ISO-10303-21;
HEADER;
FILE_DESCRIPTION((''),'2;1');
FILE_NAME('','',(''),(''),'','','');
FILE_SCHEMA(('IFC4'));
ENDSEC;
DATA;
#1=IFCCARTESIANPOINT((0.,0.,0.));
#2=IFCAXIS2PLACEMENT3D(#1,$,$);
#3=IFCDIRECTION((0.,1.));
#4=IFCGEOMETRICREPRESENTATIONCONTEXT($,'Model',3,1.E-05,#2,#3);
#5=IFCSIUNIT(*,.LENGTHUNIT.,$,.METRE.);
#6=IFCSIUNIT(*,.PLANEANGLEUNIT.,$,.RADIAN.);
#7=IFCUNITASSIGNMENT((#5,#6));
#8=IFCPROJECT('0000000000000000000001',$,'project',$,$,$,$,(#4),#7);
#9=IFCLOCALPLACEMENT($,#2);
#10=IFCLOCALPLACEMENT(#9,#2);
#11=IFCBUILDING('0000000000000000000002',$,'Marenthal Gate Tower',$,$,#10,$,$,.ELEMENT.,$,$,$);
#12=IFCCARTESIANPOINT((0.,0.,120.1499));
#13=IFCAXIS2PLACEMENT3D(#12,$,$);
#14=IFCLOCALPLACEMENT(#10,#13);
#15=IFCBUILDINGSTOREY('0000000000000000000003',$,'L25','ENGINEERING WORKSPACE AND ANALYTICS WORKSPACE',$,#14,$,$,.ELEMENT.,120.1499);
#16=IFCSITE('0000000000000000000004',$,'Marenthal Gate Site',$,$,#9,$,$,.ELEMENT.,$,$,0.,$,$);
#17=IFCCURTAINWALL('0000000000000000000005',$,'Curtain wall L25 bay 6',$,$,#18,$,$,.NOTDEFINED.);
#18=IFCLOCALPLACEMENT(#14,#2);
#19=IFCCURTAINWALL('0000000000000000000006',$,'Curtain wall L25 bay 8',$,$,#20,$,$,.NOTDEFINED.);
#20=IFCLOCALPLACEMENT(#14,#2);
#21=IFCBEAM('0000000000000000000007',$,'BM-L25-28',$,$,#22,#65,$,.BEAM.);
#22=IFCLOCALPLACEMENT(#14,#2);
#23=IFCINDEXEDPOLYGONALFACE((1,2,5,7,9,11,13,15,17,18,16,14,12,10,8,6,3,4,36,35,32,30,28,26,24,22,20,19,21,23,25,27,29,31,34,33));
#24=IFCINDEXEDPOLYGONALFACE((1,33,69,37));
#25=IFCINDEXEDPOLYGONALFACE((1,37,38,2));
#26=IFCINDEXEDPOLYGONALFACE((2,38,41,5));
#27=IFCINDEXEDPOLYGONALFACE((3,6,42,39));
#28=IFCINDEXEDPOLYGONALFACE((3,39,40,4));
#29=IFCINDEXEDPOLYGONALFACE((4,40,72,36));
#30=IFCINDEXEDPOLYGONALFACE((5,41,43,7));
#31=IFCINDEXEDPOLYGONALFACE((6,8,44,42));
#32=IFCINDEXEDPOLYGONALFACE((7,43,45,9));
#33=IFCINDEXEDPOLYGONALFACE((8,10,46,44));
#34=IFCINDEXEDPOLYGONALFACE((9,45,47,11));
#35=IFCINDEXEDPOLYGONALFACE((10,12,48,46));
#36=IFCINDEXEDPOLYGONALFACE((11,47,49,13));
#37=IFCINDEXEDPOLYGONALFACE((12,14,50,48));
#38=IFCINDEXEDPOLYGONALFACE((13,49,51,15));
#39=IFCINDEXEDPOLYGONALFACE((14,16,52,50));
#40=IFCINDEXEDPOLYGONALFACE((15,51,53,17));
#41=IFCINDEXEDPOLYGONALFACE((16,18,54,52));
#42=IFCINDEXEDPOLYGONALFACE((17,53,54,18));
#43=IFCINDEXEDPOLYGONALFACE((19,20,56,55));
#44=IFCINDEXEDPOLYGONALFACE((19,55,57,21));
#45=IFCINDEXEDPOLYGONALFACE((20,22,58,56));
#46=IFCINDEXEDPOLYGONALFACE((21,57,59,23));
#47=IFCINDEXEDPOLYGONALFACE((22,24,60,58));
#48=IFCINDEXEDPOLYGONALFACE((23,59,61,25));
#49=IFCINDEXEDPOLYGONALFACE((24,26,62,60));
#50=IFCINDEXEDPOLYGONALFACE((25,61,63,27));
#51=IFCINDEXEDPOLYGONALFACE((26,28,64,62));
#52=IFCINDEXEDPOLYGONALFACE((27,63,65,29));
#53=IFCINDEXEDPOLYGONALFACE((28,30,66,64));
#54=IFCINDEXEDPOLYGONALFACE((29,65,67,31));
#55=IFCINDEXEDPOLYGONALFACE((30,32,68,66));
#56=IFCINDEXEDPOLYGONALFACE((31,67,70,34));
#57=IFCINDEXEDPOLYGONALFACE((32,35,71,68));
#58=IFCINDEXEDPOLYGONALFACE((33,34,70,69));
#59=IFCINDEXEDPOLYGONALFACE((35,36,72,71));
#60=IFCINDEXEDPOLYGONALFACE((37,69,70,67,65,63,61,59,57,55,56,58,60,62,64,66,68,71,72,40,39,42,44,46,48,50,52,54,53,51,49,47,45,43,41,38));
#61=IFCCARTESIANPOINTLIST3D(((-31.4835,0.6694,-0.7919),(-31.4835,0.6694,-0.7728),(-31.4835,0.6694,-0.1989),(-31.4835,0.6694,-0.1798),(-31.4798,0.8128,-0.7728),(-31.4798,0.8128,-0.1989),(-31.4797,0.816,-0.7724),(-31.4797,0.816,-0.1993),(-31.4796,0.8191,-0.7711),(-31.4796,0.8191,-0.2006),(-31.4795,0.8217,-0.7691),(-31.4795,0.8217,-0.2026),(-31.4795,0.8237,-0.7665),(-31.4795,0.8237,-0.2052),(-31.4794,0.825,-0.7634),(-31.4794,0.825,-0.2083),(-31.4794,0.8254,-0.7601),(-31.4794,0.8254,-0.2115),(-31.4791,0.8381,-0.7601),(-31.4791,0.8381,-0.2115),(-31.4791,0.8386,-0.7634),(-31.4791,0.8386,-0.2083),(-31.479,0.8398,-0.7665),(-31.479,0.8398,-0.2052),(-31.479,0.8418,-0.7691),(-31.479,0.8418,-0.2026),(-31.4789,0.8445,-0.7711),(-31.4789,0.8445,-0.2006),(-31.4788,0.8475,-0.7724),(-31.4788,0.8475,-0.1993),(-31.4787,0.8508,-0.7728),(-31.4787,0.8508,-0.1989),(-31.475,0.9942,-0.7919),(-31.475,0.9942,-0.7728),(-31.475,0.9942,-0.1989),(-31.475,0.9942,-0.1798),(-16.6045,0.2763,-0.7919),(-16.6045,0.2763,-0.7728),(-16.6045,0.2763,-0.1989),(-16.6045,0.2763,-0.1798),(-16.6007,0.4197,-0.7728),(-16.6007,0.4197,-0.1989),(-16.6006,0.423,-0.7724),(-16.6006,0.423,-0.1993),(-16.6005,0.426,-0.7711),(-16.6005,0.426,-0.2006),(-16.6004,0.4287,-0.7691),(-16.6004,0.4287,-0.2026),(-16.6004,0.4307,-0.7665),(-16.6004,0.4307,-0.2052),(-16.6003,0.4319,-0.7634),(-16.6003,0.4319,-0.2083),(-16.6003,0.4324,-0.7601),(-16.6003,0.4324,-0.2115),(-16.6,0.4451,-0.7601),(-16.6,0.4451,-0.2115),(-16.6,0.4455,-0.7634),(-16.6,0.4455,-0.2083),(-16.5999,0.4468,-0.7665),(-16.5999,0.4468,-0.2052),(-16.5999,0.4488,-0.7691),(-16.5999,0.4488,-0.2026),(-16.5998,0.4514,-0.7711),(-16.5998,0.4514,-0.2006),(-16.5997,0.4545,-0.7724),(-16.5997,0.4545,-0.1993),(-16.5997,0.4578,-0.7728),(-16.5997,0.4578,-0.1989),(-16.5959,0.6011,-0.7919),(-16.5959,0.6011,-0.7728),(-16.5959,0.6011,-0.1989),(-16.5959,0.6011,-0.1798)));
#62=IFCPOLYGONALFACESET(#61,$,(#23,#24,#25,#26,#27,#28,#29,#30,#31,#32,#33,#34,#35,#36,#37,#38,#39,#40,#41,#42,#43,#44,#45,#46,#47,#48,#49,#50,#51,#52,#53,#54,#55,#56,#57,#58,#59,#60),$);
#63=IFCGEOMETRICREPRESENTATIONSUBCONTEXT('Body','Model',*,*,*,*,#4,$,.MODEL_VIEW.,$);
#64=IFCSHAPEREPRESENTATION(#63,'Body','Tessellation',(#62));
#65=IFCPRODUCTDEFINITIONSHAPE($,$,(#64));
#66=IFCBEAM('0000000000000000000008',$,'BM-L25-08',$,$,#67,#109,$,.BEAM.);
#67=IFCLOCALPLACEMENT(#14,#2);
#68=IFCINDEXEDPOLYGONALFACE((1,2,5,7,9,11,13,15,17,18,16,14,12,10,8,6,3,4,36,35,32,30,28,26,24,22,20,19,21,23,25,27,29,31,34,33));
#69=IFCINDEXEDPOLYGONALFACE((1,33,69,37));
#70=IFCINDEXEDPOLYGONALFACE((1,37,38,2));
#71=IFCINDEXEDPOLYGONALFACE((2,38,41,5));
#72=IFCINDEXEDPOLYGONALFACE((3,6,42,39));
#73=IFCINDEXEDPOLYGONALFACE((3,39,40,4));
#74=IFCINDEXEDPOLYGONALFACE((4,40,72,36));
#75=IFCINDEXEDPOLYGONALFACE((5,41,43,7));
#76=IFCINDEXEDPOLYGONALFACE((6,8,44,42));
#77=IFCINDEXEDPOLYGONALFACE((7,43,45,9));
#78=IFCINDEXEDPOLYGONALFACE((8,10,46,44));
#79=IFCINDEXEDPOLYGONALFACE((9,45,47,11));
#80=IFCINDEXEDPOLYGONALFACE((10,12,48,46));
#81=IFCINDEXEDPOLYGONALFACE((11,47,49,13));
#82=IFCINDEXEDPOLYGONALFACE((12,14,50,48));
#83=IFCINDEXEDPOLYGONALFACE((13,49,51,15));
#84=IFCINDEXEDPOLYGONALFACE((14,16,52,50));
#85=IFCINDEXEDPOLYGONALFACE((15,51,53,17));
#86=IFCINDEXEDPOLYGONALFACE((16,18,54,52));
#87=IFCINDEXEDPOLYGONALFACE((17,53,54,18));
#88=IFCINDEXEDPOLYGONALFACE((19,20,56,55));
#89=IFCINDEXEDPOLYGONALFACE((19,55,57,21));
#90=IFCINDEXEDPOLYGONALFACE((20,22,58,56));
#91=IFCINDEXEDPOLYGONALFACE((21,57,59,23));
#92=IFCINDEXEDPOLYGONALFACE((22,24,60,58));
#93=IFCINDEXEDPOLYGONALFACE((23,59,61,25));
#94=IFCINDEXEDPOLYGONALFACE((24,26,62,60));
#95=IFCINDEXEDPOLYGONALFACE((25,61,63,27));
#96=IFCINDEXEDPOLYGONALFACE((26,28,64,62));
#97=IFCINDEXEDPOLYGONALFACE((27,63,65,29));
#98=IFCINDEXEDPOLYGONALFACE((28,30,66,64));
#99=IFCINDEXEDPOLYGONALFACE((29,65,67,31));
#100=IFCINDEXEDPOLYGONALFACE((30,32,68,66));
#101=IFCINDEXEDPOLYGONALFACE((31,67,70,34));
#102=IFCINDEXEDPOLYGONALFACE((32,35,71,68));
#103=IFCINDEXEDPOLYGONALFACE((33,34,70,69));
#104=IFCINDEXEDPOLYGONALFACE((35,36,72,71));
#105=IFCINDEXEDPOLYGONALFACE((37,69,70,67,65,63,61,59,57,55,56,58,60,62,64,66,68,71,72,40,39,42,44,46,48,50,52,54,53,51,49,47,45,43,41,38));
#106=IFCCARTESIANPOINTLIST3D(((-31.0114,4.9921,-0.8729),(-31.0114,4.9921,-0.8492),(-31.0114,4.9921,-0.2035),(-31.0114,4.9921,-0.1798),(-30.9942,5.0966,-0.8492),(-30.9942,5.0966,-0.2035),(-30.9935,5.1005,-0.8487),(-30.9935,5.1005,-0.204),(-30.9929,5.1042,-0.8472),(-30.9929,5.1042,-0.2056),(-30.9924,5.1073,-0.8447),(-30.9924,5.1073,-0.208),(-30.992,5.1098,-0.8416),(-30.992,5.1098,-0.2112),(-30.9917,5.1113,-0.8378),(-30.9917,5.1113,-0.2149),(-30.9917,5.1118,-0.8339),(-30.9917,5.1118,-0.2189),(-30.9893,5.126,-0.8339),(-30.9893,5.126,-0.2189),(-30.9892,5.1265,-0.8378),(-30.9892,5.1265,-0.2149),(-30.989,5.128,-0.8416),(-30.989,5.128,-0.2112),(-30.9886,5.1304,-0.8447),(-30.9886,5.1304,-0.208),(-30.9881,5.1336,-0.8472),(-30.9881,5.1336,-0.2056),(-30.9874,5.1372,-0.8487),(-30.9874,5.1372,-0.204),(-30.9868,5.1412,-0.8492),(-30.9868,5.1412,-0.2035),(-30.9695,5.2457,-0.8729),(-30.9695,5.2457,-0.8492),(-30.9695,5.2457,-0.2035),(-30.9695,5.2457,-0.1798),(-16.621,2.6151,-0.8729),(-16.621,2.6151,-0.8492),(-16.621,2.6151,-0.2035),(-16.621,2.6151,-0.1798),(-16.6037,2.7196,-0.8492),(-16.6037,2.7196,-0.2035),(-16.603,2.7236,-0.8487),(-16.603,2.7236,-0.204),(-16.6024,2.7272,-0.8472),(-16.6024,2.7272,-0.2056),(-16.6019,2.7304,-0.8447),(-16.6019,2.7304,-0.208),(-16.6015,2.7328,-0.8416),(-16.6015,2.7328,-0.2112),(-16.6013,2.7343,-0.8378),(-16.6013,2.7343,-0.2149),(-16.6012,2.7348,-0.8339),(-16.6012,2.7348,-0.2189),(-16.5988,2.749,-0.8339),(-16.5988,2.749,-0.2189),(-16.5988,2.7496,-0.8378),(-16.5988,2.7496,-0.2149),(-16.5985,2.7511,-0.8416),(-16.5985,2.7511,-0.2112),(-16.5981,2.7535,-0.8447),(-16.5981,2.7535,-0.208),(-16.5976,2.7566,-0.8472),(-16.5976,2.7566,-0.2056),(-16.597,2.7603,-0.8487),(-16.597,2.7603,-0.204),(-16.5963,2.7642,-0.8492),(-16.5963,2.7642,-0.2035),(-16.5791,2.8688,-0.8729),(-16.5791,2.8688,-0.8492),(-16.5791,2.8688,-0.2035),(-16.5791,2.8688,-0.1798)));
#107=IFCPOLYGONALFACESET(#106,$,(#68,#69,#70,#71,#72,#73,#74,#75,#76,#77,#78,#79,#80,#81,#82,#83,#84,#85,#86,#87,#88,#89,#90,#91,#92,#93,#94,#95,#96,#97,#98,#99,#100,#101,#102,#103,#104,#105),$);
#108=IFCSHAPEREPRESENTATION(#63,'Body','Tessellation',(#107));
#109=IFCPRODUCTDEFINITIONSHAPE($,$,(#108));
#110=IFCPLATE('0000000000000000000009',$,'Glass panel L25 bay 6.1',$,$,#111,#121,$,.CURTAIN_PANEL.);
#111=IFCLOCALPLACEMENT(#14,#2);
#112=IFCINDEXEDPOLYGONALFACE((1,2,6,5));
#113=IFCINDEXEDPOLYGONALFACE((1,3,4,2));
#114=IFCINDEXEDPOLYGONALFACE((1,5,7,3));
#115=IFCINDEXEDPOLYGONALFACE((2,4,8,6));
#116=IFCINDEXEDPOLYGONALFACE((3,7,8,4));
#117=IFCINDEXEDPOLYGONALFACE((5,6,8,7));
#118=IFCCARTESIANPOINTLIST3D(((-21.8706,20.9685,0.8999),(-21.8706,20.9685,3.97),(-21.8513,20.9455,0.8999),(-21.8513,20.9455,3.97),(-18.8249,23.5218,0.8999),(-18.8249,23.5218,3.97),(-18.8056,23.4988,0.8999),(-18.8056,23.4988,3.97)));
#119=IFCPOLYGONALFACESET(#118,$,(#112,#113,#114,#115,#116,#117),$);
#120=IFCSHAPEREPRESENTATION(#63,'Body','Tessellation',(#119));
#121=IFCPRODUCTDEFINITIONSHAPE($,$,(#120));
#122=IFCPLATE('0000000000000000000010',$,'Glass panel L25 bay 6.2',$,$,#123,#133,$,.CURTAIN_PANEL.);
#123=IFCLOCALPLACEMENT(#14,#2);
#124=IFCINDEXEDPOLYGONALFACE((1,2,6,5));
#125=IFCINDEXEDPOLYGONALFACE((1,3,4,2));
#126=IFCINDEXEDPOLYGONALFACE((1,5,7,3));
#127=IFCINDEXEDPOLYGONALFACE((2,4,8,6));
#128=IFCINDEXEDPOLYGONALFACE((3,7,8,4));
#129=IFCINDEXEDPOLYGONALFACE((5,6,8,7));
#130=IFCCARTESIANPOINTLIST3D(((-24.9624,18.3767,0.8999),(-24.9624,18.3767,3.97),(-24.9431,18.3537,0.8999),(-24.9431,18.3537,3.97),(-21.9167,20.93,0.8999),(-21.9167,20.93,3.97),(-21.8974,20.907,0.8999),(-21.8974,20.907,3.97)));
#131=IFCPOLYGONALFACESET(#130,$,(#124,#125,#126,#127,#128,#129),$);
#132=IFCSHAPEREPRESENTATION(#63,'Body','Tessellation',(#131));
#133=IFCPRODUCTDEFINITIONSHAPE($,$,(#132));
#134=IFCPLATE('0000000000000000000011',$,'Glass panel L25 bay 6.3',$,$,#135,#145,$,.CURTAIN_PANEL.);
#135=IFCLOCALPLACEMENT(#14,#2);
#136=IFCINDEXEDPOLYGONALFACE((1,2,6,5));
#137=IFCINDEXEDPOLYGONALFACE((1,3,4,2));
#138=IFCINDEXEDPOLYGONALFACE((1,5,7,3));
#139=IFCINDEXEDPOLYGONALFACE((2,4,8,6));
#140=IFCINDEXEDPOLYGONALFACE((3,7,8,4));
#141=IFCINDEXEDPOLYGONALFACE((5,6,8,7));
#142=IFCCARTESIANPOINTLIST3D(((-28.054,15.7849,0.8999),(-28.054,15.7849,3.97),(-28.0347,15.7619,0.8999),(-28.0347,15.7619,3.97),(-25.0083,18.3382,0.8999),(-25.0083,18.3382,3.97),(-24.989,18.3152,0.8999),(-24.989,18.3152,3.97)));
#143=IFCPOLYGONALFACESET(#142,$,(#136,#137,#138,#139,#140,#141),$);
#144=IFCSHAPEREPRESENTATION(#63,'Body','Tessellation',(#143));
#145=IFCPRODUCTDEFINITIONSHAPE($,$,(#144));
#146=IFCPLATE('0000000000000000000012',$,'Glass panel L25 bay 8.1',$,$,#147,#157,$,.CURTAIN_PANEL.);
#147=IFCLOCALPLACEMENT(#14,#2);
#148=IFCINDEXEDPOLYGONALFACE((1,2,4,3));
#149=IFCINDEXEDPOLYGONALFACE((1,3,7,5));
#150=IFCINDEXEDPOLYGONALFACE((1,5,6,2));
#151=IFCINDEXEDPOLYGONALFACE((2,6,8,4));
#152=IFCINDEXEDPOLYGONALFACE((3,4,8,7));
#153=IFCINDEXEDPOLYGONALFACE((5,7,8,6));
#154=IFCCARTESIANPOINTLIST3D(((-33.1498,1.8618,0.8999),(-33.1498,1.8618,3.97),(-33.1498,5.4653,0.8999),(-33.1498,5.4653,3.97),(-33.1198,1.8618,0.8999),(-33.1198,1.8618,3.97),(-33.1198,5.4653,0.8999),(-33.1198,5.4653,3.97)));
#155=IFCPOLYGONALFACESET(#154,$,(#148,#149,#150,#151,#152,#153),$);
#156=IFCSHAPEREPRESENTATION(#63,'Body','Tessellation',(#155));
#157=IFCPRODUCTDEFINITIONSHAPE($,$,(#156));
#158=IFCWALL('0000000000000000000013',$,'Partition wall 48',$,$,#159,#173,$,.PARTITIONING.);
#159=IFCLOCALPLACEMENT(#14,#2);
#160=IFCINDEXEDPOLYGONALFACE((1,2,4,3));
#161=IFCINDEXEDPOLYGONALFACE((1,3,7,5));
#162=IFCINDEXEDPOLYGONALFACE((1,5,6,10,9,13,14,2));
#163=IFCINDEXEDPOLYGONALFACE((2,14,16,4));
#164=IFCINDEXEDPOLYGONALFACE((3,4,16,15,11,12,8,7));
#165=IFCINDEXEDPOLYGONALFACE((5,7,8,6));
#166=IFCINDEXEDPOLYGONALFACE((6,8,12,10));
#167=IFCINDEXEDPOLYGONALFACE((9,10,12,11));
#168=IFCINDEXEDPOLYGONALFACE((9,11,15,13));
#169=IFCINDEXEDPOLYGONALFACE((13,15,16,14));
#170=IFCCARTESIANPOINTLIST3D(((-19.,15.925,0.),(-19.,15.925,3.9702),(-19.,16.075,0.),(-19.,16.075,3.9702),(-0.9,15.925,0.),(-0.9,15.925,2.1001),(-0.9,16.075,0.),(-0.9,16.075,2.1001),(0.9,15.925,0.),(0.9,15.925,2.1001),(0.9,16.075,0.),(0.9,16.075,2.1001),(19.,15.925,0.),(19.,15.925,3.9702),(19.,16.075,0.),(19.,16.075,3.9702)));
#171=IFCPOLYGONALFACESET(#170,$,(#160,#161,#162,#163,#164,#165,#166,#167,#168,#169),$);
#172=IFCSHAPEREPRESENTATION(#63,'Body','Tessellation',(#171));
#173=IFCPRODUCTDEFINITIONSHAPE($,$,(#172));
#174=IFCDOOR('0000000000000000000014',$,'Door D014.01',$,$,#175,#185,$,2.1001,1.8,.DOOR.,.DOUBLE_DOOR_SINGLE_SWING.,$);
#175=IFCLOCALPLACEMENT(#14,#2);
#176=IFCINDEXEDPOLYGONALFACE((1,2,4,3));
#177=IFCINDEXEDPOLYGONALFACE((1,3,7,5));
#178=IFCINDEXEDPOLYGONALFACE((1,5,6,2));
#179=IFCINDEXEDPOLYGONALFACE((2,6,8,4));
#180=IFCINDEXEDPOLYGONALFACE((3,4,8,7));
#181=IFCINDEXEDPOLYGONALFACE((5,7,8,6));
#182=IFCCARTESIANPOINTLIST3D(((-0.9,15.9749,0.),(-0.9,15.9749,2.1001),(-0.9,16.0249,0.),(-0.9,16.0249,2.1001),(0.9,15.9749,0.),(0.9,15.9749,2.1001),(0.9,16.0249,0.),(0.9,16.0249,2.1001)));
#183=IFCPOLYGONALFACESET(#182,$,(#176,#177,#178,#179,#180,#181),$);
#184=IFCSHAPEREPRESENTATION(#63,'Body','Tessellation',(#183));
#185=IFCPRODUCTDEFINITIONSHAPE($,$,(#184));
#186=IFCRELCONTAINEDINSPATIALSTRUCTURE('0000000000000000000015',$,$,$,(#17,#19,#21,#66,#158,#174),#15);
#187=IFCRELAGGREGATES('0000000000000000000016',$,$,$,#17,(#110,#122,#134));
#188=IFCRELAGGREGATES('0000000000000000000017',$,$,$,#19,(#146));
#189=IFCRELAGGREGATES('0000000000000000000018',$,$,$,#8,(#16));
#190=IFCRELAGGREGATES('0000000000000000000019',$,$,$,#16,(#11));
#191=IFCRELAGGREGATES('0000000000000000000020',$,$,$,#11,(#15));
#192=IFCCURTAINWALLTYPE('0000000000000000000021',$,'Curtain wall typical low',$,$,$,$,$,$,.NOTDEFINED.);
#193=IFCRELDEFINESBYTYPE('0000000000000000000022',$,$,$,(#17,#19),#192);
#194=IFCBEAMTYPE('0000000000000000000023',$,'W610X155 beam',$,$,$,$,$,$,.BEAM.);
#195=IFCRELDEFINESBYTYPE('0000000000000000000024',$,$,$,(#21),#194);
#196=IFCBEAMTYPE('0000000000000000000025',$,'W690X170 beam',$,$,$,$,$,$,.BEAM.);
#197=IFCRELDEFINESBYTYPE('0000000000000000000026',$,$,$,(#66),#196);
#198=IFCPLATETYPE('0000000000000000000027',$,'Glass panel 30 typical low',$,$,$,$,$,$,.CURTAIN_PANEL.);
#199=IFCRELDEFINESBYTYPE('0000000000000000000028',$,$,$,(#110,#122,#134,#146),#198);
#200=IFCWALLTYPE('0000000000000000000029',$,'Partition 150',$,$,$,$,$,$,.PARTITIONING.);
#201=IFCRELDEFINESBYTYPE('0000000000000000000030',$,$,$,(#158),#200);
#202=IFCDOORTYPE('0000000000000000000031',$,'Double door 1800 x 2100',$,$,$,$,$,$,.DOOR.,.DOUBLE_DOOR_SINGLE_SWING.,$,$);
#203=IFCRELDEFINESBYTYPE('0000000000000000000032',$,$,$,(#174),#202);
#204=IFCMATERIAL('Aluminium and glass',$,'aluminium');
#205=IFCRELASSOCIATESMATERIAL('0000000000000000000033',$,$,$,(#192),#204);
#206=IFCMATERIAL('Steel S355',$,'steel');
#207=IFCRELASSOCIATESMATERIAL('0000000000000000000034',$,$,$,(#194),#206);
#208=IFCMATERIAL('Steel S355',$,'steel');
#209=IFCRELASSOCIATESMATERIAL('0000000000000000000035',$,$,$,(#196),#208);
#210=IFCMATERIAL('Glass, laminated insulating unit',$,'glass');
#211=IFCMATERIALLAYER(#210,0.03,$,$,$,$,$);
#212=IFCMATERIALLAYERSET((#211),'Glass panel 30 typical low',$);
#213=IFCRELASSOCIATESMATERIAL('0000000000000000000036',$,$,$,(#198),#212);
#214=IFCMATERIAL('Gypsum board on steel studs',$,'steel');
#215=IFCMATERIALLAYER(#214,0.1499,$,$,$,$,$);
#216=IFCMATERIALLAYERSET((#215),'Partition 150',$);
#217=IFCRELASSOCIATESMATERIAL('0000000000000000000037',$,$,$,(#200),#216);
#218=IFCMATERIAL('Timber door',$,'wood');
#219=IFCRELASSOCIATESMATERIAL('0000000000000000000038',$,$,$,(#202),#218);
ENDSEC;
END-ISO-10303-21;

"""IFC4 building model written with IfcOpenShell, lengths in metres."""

from ifc_helpers import new_model, si_unit, direction, frame, frame_2d, origin, origin_2d, place, context, subcontext, project, spatial, rectangle, i_section, extrude, material, layer, layer_set, material_profile, profile_set, type_object, element, fill, aggregate, save


model = new_model("IFC4")

# Units and contexts
model_context = context("Model", 3, precision=1e-05, world=origin(), true_north=direction((0.0, 1.0)))
body_context = subcontext(model_context, "Body", "Model", "MODEL_VIEW")
ifc_project = project(units=[si_unit("LENGTHUNIT", "METRE"), si_unit("PLANEANGLEUNIT", "RADIAN")], contexts=[model_context])

# Site, building, storey
site_placement = place(None, origin())
site = spatial("IfcSite", under=ifc_project, at=site_placement, Name="Marenthal Gate Site", CompositionType="ELEMENT", RefElevation=0.0)
building_placement = place(site_placement, origin())
building = spatial("IfcBuilding", under=site, at=building_placement, Name="Marenthal Gate Tower", CompositionType="ELEMENT")
storey_placement = place(building_placement, frame((0.0, 0.0, 120.1499)))
storey = spatial("IfcBuildingStorey", under=building, at=storey_placement, Name="L25", Description="ENGINEERING WORKSPACE AND ANALYTICS WORKSPACE", CompositionType="ELEMENT", Elevation=120.1499)

# Curtain walls
ifc_material_1 = material(Name="Aluminium and glass", Category="aluminium")
curtain_wall_type = type_object("IfcCurtainWallType", Name="Curtain wall typical low", PredefinedType="NOTDEFINED", material=ifc_material_1)
curtain_wall_1_placement = place(storey_placement, origin())
curtain_wall_1 = element("IfcCurtainWall", 1, at=curtain_wall_1_placement, inside=storey, type_object=curtain_wall_type, Name="Curtain wall L25 bay 6", PredefinedType="NOTDEFINED")
curtain_wall_2_placement = place(storey_placement, origin())
curtain_wall_2 = element("IfcCurtainWall", 2, at=curtain_wall_2_placement, inside=storey, type_object=curtain_wall_type, Name="Curtain wall L25 bay 8", PredefinedType="NOTDEFINED")

# Beams
ifc_material_2 = material(Name="Steel S355", Category="steel")
ifc_material_profile_1 = material_profile(ifc_material_2, i_section(OverallWidth=0.325, OverallDepth=0.6121, WebThickness=0.0127, FlangeThickness=0.019, FilletRadius=0.0127, at=origin_2d()), Name="W610X155")
ifc_profile_set_1 = profile_set([ifc_material_profile_1], Name="Steel S355")
beam_type_1 = type_object("IfcBeamType", Name="W610X155 beam", PredefinedType="BEAM", material=ifc_profile_set_1)
beam_1_placement = place(storey_placement, frame((-31.4792, 0.8318, -0.4858), z_axis=(0.999651, -0.026408, 0.0), x_axis=(0.026408, 0.999651, 0.0)))
element("IfcBeam", 3, at=beam_1_placement, inside=storey, type_object=beam_type_1, Name="BM-L25-28", PredefinedType="BEAM", context=body_context, shape_type="SweptSolid", body=[
    extrude(i_section(OverallWidth=0.325, OverallDepth=0.6121, WebThickness=0.0127, FlangeThickness=0.019, FilletRadius=0.0127, at=origin_2d()), origin(), (0.0, 0.0, 1.0), 14.8843),
])
ifc_material_3 = material(Name="Steel S355", Category="steel")
ifc_material_profile_2 = material_profile(ifc_material_3, i_section(OverallWidth=0.2571, OverallDepth=0.6931, WebThickness=0.0144, FlangeThickness=0.0237, FilletRadius=0.0154, at=origin_2d()), Name="W690X170")
ifc_profile_set_2 = profile_set([ifc_material_profile_2], Name="Steel S355")
beam_type_2 = type_object("IfcBeamType", Name="W690X170 beam", PredefinedType="BEAM", material=ifc_profile_set_2)
beam_2_placement = place(storey_placement, frame((-30.9905, 5.1189, -0.5264), z_axis=(0.986631, -0.162968, 0.0), x_axis=(0.162968, 0.986631, 0.0)))
element("IfcBeam", 4, at=beam_2_placement, inside=storey, type_object=beam_type_2, Name="BM-L25-08", PredefinedType="BEAM", context=body_context, shape_type="SweptSolid", body=[
    extrude(i_section(OverallWidth=0.2571, OverallDepth=0.6931, WebThickness=0.0144, FlangeThickness=0.0237, FilletRadius=0.0154, at=origin_2d()), origin(), (0.0, 0.0, 1.0), 14.5854),
])

# Plates
ifc_material_4 = material(Name="Glass, laminated insulating unit", Category="glass")
ifc_layer_1 = layer(ifc_material_4, 0.03)
ifc_layer_set_1 = layer_set([ifc_layer_1], Name="Glass panel 30 typical low")
plate_type = type_object("IfcPlateType", Name="Glass panel 30 typical low", PredefinedType="CURTAIN_PANEL", material=ifc_layer_set_1)
plate_1_placement = place(storey_placement, frame((-20.3381, 22.2336, 0.8999), z_axis=(0.0, 0.0, 1.0), x_axis=(-0.766338, -0.642438, 0.0)))
plate_1 = element("IfcPlate", 5, at=plate_1_placement, type_object=plate_type, Name="Glass panel L25 bay 6.1", PredefinedType="CURTAIN_PANEL", context=body_context, shape_type="SweptSolid", body=[
    extrude(rectangle(XDim=3.9744, YDim=0.03, at=origin_2d()), origin(), (0.0, 0.0, 1.0), 3.0701),
])
plate_2_placement = place(storey_placement, frame((-23.4299, 19.6418, 0.8999), z_axis=(0.0, 0.0, 1.0), x_axis=(-0.766338, -0.642438, 0.0)))
plate_2 = element("IfcPlate", 6, at=plate_2_placement, type_object=plate_type, Name="Glass panel L25 bay 6.2", PredefinedType="CURTAIN_PANEL", context=body_context, shape_type="SweptSolid", body=[
    extrude(rectangle(XDim=3.9744, YDim=0.03, at=origin_2d()), origin(), (0.0, 0.0, 1.0), 3.0701),
])
plate_3_placement = place(storey_placement, frame((-26.5215, 17.05, 0.8999), z_axis=(0.0, 0.0, 1.0), x_axis=(-0.766338, -0.642438, 0.0)))
plate_3 = element("IfcPlate", 7, at=plate_3_placement, type_object=plate_type, Name="Glass panel L25 bay 6.3", PredefinedType="CURTAIN_PANEL", context=body_context, shape_type="SweptSolid", body=[
    extrude(rectangle(XDim=3.9744, YDim=0.03, at=origin_2d()), origin(), (0.0, 0.0, 1.0), 3.0701),
])
aggregate(curtain_wall_1, [plate_1, plate_2, plate_3])
plate_4_placement = place(storey_placement, frame((-33.1348, 3.6636, 0.8999), z_axis=(0.0, 0.0, 1.0), x_axis=(0.0, -1.0, 0.0)))
plate_4 = element("IfcPlate", 8, at=plate_4_placement, type_object=plate_type, Name="Glass panel L25 bay 8.1", PredefinedType="CURTAIN_PANEL", context=body_context, shape_type="SweptSolid", body=[
    extrude(rectangle(XDim=3.6035, YDim=0.03, at=origin_2d()), origin(), (0.0, 0.0, 1.0), 3.0701),
])
aggregate(curtain_wall_2, [plate_4])

# Wall, opening, door
ifc_material_5 = material(Name="Gypsum board on steel studs", Category="steel")
ifc_layer_2 = layer(ifc_material_5, 0.1499)
ifc_layer_set_2 = layer_set([ifc_layer_2], Name="Partition 150")
wall_type_1 = type_object("IfcWallType", Name="Partition 150", PredefinedType="PARTITIONING", material=ifc_layer_set_2)
wall_1_placement = place(storey_placement, frame((-19.0, 16.0, 0.0), z_axis=(0.0, 0.0, 1.0), x_axis=(1.0, 0.0, 0.0)))
wall_1 = element("IfcWall", 9, at=wall_1_placement, inside=storey, type_object=wall_type_1, Name="Partition wall 48", PredefinedType="PARTITIONING", context=body_context, shape_type="SweptSolid", body=[
    extrude(rectangle(XDim=38.0, YDim=0.1499, at=frame_2d((19.0, 0.0))), origin(), (0.0, 0.0, 1.0), 3.9702),
])
opening_1_placement = place(wall_1_placement, frame((18.1001, 0.0, 0.0)))
opening_1 = element("IfcOpeningElement", 10, at=opening_1_placement, cuts=wall_1, PredefinedType="OPENING", context=body_context, shape_type="SweptSolid", body=[
    extrude(rectangle(XDim=1.8, YDim=2.1001, at=frame_2d((0.8999, 1.05))), frame((0.0, 0.085, 0.0), z_axis=(0.0, -1.0, 0.0), x_axis=(1.0, 0.0, 0.0)), (0.0, 0.0, 1.0), 0.1699),
])
ifc_material_6 = material(Name="Timber door", Category="wood")
door_type_1 = type_object("IfcDoorType", Name="Double door 1800 x 2100", OperationType="DOUBLE_DOOR_SINGLE_SWING", PredefinedType="DOOR", material=ifc_material_6)
door_1_placement = place(opening_1_placement, origin())
door_1 = element("IfcDoor", 11, at=door_1_placement, inside=storey, type_object=door_type_1, Name="Door D014.01", OperationType="DOUBLE_DOOR_SINGLE_SWING", OverallHeight=2.1001, OverallWidth=1.8, PredefinedType="DOOR", context=body_context, shape_type="SweptSolid", body=[
    extrude(rectangle(XDim=1.8, YDim=2.1001, at=frame_2d((0.8999, 1.05))), frame((0.0, 0.0249, 0.0), z_axis=(0.0, -1.0, 0.0), x_axis=(1.0, 0.0, 0.0)), (0.0, 0.0, 1.0), 0.05),
])
fill(opening_1, door_1)

save(model, "model.ifc")
